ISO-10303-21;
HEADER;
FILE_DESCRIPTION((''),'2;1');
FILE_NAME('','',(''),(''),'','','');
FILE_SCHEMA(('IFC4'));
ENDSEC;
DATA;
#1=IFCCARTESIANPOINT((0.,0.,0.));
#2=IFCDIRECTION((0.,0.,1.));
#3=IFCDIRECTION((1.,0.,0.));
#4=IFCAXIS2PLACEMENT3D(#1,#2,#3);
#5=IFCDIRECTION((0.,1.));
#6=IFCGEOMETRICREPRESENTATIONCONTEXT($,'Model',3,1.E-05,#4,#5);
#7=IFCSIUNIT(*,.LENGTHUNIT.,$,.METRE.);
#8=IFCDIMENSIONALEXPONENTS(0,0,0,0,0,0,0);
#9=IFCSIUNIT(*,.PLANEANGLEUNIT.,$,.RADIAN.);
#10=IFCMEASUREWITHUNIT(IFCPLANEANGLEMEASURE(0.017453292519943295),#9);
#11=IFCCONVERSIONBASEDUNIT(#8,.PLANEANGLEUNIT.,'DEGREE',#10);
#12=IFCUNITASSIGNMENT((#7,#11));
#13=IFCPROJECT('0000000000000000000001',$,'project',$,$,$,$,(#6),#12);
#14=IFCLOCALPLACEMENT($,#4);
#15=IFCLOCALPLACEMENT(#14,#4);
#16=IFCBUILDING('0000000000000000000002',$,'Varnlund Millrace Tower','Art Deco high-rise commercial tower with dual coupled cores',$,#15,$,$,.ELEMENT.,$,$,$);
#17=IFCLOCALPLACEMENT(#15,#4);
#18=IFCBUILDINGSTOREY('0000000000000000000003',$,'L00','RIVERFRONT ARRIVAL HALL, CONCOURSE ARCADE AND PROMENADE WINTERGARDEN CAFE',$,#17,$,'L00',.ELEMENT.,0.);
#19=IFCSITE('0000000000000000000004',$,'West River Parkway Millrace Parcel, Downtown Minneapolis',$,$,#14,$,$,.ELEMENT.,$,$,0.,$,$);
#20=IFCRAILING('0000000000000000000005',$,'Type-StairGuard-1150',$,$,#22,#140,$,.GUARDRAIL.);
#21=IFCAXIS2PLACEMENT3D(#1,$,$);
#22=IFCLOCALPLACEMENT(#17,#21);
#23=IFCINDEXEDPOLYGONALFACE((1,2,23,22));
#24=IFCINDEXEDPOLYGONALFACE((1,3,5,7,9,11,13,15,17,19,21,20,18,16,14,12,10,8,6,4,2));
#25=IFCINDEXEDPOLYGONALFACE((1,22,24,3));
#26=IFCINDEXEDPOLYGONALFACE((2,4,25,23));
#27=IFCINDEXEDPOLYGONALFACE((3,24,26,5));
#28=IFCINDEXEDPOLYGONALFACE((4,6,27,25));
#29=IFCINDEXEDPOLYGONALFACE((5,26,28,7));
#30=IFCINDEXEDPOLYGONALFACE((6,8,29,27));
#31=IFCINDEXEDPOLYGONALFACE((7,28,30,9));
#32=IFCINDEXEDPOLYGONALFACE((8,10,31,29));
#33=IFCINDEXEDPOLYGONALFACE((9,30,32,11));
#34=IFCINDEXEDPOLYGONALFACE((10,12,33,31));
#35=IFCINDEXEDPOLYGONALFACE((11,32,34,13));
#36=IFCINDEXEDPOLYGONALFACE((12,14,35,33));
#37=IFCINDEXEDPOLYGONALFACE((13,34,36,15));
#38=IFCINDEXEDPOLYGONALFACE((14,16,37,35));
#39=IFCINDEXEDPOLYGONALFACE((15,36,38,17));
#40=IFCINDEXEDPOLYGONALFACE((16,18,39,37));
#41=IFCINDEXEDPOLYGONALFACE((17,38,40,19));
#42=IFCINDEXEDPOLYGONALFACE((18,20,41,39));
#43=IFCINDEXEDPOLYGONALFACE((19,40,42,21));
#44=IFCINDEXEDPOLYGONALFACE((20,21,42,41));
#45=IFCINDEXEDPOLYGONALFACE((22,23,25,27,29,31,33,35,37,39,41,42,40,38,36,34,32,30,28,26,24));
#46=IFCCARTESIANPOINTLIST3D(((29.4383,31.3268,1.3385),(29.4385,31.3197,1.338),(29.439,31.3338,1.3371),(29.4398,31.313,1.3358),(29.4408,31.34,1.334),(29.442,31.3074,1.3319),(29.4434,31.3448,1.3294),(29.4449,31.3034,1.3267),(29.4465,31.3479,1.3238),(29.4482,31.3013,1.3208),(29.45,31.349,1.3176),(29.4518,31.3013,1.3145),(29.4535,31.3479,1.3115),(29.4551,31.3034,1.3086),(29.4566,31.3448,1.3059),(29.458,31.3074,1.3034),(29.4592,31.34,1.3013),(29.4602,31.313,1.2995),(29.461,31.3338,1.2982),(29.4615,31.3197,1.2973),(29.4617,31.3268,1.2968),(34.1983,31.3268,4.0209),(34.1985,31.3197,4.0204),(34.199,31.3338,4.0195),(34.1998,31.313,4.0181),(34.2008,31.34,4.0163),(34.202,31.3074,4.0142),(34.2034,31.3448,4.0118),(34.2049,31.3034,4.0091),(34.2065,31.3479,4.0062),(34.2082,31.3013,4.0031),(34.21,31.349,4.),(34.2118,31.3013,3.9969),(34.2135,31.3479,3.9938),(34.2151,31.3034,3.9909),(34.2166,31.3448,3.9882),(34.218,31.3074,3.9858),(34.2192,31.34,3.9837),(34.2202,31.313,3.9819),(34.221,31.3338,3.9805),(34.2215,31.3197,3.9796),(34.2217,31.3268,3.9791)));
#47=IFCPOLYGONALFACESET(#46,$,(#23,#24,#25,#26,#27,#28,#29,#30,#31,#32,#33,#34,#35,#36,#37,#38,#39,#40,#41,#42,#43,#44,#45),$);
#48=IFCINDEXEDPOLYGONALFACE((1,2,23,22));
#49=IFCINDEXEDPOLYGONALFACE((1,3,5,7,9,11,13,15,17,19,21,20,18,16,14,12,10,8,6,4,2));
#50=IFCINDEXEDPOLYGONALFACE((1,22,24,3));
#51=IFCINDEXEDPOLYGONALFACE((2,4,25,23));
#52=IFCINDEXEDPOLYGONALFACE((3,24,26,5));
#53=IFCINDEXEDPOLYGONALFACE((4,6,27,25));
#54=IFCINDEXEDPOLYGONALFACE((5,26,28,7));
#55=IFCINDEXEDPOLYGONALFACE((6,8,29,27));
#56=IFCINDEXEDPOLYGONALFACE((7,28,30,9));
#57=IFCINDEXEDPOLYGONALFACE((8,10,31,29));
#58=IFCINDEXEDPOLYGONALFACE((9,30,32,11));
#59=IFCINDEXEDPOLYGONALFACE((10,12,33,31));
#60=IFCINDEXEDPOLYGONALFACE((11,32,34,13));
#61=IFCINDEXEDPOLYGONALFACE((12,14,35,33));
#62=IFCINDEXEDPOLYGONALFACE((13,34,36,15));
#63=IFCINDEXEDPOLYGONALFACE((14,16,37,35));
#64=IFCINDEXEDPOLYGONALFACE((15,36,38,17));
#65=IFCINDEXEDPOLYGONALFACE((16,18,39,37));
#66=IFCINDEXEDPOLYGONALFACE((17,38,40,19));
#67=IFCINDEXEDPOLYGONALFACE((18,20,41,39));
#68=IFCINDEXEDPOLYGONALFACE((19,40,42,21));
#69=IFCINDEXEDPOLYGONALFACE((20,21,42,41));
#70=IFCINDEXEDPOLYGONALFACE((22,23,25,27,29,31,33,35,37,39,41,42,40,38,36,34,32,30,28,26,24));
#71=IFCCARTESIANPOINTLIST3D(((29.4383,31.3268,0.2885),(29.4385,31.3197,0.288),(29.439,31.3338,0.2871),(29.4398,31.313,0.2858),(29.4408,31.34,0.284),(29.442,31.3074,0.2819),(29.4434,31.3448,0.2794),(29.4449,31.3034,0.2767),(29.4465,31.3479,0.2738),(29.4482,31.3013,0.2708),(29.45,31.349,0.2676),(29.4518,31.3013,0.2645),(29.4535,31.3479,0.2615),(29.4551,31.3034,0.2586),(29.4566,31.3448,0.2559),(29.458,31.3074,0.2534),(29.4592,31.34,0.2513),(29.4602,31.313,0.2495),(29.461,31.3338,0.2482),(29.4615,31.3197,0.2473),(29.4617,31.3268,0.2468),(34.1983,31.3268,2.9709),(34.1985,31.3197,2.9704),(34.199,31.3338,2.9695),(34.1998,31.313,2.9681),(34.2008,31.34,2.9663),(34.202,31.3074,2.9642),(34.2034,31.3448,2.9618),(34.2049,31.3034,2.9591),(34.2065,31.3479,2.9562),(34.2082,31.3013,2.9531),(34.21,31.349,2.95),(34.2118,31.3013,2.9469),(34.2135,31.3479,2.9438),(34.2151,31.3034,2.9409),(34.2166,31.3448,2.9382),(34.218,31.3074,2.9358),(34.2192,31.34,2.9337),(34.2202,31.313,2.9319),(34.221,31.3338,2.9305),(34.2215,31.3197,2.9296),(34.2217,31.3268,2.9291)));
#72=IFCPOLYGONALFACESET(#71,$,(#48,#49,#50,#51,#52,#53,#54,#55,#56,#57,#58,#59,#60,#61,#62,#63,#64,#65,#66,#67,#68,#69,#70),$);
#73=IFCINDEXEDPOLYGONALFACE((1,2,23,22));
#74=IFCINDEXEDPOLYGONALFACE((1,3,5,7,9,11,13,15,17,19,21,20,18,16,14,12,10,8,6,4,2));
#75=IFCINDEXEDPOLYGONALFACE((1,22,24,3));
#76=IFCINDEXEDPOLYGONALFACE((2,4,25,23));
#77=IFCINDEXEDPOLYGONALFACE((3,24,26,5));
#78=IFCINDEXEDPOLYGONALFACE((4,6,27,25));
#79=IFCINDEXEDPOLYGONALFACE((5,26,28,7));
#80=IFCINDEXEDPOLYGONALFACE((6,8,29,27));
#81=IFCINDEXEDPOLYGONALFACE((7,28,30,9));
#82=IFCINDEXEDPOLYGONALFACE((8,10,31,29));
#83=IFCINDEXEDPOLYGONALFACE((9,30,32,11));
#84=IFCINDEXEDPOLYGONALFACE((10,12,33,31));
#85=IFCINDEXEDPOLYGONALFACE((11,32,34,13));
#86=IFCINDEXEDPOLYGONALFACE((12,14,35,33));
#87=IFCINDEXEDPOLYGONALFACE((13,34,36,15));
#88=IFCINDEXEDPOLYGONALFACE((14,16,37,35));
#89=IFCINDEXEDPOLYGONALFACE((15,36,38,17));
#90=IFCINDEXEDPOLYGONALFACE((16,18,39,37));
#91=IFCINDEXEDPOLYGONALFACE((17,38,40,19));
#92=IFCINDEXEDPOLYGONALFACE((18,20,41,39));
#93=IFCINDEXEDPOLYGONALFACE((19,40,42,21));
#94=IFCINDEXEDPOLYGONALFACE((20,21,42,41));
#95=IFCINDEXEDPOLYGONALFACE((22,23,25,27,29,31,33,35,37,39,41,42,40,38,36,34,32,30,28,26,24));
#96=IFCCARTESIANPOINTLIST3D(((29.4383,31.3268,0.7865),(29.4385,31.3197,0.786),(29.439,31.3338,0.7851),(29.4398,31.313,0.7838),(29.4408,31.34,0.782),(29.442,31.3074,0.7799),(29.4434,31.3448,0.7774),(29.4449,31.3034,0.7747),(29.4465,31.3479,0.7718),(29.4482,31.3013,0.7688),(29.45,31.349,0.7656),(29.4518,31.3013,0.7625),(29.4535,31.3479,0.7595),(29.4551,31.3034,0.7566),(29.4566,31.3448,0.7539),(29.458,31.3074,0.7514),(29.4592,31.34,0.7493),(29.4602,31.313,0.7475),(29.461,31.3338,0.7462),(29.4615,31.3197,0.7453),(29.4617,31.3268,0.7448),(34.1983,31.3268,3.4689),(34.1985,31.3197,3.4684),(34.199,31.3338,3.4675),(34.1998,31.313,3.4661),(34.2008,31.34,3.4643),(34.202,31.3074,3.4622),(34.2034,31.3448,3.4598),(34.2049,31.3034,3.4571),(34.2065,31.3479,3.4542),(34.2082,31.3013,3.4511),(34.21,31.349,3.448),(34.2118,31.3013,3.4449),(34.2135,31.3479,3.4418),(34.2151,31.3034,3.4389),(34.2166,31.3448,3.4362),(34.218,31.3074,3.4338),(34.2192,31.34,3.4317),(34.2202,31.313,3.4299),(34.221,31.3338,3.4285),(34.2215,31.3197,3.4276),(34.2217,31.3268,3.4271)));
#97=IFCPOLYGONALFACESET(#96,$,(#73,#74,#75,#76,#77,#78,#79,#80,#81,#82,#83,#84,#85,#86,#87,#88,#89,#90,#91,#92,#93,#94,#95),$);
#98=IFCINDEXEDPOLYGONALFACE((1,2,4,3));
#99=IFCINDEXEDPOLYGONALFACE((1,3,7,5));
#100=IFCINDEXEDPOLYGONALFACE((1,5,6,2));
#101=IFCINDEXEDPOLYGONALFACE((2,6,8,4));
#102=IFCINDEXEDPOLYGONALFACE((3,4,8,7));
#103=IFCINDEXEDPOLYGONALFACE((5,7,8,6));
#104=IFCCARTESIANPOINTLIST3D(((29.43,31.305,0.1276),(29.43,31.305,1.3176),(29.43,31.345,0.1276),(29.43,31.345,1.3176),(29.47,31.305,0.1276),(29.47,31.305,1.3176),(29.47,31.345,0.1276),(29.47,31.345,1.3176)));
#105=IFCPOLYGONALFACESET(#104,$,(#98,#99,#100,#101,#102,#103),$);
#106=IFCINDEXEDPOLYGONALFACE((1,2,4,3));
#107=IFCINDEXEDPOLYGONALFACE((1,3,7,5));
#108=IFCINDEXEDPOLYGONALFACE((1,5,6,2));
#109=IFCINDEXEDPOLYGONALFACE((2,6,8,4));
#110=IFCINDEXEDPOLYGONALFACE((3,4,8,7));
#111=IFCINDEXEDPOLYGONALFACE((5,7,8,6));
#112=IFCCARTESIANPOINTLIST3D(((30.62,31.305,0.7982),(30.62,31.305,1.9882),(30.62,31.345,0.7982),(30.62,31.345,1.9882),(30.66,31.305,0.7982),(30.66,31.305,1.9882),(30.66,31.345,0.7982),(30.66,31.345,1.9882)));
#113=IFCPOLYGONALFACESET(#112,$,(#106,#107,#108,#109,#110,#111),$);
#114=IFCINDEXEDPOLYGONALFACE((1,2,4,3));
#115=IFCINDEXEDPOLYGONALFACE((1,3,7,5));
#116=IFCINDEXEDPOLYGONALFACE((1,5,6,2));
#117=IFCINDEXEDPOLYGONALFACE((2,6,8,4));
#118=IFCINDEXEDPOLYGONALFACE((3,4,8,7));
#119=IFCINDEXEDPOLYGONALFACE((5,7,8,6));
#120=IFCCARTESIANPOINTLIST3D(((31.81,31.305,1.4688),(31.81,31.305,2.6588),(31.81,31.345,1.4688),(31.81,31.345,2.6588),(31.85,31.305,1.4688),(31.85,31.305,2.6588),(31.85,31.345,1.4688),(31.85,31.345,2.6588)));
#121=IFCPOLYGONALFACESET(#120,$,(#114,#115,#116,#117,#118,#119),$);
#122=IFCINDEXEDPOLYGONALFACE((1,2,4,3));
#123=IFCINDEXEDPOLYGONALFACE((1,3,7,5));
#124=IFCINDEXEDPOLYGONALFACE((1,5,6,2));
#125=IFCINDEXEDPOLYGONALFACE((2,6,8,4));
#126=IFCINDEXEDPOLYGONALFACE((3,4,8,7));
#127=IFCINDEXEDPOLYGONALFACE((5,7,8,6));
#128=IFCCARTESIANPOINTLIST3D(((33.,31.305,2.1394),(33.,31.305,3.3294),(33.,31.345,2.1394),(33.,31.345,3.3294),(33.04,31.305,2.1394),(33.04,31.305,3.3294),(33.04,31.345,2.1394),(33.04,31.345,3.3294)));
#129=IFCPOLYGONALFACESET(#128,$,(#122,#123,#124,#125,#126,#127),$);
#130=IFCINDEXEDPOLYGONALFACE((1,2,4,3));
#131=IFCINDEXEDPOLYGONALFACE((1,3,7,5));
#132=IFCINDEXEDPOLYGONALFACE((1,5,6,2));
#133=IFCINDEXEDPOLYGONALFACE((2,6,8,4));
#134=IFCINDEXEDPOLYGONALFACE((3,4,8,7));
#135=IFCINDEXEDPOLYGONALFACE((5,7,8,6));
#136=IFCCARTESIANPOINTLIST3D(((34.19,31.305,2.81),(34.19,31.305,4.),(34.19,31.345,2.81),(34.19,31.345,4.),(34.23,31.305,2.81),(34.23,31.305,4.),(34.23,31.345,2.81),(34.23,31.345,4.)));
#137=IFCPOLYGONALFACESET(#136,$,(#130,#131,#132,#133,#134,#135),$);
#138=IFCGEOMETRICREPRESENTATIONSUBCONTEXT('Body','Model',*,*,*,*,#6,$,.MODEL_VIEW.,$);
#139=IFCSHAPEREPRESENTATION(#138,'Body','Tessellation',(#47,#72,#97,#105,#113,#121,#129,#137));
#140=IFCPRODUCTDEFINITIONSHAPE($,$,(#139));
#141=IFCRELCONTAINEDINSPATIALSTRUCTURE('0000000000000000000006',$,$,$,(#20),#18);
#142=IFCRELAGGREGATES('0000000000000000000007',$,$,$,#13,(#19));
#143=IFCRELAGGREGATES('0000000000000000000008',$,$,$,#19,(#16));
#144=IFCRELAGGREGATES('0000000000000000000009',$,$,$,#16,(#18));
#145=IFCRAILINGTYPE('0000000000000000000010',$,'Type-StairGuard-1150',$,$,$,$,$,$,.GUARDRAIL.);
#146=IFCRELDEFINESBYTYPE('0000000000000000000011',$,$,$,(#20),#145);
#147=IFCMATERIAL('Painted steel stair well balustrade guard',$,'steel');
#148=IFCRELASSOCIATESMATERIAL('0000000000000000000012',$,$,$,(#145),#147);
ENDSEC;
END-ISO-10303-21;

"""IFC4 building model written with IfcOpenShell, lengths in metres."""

from ifc_helpers import new_model, entity, si_unit, converted_unit, direction, frame, origin_with_axes, origin_2d_with_axis, place, context, subcontext, project, spatial, rectangle, circle, extrude, material, type_object, element, save


model = new_model("IFC4")

# Units and contexts
model_context = context("Model", 3, precision=1e-05, world=origin_with_axes(), true_north=direction((0.0, 1.0)))
body_context = subcontext(model_context, "Body", "Model", "MODEL_VIEW")
ifc_project = project(units=[si_unit("LENGTHUNIT", "METRE"), converted_unit("PLANEANGLEUNIT", "DEGREE", entity("IfcPlaneAngleMeasure", 0.017453292519943295), si_unit("PLANEANGLEUNIT", "RADIAN"), dimensions=[0, 0, 0, 0, 0, 0, 0])], contexts=[model_context])

# Site, building, storey
site_placement = place(None, origin_with_axes())
site = spatial("IfcSite", under=ifc_project, at=site_placement, Name="West River Parkway Millrace Parcel, Downtown Minneapolis", CompositionType="ELEMENT", RefElevation=0.0)
building_placement = place(site_placement, origin_with_axes())
building = spatial("IfcBuilding", under=site, at=building_placement, Name="Varnlund Millrace Tower", Description="Art Deco high-rise commercial tower with dual coupled cores", CompositionType="ELEMENT")
storey_placement = place(building_placement, origin_with_axes())
storey = spatial("IfcBuildingStorey", under=building, at=storey_placement, Name="L00", Description="RIVERFRONT ARRIVAL HALL, CONCOURSE ARCADE AND PROMENADE WINTERGARDEN CAFE", LongName="L00", CompositionType="ELEMENT", Elevation=0.0)

# Railing
ifc_material_1 = material(Name="Painted steel stair well balustrade guard", Category="steel")
railing_type_1 = type_object("IfcRailingType", Name="Type-StairGuard-1150", PredefinedType="GUARDRAIL", material=ifc_material_1)
railing_1_placement = place(storey_placement, origin_with_axes())
element("IfcRailing", 1, at=railing_1_placement, inside=storey, type_object=railing_type_1, Name="Type-StairGuard-1150", PredefinedType="GUARDRAIL", context=body_context, shape_type="SweptSolid", body=[
    extrude(circle(Radius=0.024, at=origin_2d_with_axis()), frame((29.45, 31.325, 1.3176), z_axis=(0.871196, 0.0, 0.490936), x_axis=(0.0, 1.0, 0.0)), (0.0, 0.0, 1.0), 5.4638),
    extrude(circle(Radius=0.024, at=origin_2d_with_axis()), frame((29.45, 31.325, 0.2676), z_axis=(0.871196, 0.0, 0.490936), x_axis=(0.0, 1.0, 0.0)), (0.0, 0.0, 1.0), 5.4638),
    extrude(circle(Radius=0.024, at=origin_2d_with_axis()), frame((29.45, 31.325, 0.7656), z_axis=(0.871196, 0.0, 0.490936), x_axis=(0.0, 1.0, 0.0)), (0.0, 0.0, 1.0), 5.4638),
    extrude(rectangle(XDim=0.04, YDim=0.04, at=origin_2d_with_axis()), frame((29.45, 31.325, 0.1276), z_axis=(0.0, 0.0, 1.0), x_axis=(1.0, 0.0, 0.0)), (0.0, 0.0, 1.0), 1.19),
    extrude(rectangle(XDim=0.04, YDim=0.04, at=origin_2d_with_axis()), frame((30.64, 31.325, 0.7982), z_axis=(0.0, 0.0, 1.0), x_axis=(1.0, 0.0, 0.0)), (0.0, 0.0, 1.0), 1.19),
    extrude(rectangle(XDim=0.04, YDim=0.04, at=origin_2d_with_axis()), frame((31.83, 31.325, 1.4688), z_axis=(0.0, 0.0, 1.0), x_axis=(1.0, 0.0, 0.0)), (0.0, 0.0, 1.0), 1.19),
    extrude(rectangle(XDim=0.04, YDim=0.04, at=origin_2d_with_axis()), frame((33.02, 31.325, 2.1394), z_axis=(0.0, 0.0, 1.0), x_axis=(1.0, 0.0, 0.0)), (0.0, 0.0, 1.0), 1.19),
    extrude(rectangle(XDim=0.04, YDim=0.04, at=origin_2d_with_axis()), frame((34.21, 31.325, 2.81), z_axis=(0.0, 0.0, 1.0), x_axis=(1.0, 0.0, 0.0)), (0.0, 0.0, 1.0), 1.19),
])

save(model, "model.ifc")
